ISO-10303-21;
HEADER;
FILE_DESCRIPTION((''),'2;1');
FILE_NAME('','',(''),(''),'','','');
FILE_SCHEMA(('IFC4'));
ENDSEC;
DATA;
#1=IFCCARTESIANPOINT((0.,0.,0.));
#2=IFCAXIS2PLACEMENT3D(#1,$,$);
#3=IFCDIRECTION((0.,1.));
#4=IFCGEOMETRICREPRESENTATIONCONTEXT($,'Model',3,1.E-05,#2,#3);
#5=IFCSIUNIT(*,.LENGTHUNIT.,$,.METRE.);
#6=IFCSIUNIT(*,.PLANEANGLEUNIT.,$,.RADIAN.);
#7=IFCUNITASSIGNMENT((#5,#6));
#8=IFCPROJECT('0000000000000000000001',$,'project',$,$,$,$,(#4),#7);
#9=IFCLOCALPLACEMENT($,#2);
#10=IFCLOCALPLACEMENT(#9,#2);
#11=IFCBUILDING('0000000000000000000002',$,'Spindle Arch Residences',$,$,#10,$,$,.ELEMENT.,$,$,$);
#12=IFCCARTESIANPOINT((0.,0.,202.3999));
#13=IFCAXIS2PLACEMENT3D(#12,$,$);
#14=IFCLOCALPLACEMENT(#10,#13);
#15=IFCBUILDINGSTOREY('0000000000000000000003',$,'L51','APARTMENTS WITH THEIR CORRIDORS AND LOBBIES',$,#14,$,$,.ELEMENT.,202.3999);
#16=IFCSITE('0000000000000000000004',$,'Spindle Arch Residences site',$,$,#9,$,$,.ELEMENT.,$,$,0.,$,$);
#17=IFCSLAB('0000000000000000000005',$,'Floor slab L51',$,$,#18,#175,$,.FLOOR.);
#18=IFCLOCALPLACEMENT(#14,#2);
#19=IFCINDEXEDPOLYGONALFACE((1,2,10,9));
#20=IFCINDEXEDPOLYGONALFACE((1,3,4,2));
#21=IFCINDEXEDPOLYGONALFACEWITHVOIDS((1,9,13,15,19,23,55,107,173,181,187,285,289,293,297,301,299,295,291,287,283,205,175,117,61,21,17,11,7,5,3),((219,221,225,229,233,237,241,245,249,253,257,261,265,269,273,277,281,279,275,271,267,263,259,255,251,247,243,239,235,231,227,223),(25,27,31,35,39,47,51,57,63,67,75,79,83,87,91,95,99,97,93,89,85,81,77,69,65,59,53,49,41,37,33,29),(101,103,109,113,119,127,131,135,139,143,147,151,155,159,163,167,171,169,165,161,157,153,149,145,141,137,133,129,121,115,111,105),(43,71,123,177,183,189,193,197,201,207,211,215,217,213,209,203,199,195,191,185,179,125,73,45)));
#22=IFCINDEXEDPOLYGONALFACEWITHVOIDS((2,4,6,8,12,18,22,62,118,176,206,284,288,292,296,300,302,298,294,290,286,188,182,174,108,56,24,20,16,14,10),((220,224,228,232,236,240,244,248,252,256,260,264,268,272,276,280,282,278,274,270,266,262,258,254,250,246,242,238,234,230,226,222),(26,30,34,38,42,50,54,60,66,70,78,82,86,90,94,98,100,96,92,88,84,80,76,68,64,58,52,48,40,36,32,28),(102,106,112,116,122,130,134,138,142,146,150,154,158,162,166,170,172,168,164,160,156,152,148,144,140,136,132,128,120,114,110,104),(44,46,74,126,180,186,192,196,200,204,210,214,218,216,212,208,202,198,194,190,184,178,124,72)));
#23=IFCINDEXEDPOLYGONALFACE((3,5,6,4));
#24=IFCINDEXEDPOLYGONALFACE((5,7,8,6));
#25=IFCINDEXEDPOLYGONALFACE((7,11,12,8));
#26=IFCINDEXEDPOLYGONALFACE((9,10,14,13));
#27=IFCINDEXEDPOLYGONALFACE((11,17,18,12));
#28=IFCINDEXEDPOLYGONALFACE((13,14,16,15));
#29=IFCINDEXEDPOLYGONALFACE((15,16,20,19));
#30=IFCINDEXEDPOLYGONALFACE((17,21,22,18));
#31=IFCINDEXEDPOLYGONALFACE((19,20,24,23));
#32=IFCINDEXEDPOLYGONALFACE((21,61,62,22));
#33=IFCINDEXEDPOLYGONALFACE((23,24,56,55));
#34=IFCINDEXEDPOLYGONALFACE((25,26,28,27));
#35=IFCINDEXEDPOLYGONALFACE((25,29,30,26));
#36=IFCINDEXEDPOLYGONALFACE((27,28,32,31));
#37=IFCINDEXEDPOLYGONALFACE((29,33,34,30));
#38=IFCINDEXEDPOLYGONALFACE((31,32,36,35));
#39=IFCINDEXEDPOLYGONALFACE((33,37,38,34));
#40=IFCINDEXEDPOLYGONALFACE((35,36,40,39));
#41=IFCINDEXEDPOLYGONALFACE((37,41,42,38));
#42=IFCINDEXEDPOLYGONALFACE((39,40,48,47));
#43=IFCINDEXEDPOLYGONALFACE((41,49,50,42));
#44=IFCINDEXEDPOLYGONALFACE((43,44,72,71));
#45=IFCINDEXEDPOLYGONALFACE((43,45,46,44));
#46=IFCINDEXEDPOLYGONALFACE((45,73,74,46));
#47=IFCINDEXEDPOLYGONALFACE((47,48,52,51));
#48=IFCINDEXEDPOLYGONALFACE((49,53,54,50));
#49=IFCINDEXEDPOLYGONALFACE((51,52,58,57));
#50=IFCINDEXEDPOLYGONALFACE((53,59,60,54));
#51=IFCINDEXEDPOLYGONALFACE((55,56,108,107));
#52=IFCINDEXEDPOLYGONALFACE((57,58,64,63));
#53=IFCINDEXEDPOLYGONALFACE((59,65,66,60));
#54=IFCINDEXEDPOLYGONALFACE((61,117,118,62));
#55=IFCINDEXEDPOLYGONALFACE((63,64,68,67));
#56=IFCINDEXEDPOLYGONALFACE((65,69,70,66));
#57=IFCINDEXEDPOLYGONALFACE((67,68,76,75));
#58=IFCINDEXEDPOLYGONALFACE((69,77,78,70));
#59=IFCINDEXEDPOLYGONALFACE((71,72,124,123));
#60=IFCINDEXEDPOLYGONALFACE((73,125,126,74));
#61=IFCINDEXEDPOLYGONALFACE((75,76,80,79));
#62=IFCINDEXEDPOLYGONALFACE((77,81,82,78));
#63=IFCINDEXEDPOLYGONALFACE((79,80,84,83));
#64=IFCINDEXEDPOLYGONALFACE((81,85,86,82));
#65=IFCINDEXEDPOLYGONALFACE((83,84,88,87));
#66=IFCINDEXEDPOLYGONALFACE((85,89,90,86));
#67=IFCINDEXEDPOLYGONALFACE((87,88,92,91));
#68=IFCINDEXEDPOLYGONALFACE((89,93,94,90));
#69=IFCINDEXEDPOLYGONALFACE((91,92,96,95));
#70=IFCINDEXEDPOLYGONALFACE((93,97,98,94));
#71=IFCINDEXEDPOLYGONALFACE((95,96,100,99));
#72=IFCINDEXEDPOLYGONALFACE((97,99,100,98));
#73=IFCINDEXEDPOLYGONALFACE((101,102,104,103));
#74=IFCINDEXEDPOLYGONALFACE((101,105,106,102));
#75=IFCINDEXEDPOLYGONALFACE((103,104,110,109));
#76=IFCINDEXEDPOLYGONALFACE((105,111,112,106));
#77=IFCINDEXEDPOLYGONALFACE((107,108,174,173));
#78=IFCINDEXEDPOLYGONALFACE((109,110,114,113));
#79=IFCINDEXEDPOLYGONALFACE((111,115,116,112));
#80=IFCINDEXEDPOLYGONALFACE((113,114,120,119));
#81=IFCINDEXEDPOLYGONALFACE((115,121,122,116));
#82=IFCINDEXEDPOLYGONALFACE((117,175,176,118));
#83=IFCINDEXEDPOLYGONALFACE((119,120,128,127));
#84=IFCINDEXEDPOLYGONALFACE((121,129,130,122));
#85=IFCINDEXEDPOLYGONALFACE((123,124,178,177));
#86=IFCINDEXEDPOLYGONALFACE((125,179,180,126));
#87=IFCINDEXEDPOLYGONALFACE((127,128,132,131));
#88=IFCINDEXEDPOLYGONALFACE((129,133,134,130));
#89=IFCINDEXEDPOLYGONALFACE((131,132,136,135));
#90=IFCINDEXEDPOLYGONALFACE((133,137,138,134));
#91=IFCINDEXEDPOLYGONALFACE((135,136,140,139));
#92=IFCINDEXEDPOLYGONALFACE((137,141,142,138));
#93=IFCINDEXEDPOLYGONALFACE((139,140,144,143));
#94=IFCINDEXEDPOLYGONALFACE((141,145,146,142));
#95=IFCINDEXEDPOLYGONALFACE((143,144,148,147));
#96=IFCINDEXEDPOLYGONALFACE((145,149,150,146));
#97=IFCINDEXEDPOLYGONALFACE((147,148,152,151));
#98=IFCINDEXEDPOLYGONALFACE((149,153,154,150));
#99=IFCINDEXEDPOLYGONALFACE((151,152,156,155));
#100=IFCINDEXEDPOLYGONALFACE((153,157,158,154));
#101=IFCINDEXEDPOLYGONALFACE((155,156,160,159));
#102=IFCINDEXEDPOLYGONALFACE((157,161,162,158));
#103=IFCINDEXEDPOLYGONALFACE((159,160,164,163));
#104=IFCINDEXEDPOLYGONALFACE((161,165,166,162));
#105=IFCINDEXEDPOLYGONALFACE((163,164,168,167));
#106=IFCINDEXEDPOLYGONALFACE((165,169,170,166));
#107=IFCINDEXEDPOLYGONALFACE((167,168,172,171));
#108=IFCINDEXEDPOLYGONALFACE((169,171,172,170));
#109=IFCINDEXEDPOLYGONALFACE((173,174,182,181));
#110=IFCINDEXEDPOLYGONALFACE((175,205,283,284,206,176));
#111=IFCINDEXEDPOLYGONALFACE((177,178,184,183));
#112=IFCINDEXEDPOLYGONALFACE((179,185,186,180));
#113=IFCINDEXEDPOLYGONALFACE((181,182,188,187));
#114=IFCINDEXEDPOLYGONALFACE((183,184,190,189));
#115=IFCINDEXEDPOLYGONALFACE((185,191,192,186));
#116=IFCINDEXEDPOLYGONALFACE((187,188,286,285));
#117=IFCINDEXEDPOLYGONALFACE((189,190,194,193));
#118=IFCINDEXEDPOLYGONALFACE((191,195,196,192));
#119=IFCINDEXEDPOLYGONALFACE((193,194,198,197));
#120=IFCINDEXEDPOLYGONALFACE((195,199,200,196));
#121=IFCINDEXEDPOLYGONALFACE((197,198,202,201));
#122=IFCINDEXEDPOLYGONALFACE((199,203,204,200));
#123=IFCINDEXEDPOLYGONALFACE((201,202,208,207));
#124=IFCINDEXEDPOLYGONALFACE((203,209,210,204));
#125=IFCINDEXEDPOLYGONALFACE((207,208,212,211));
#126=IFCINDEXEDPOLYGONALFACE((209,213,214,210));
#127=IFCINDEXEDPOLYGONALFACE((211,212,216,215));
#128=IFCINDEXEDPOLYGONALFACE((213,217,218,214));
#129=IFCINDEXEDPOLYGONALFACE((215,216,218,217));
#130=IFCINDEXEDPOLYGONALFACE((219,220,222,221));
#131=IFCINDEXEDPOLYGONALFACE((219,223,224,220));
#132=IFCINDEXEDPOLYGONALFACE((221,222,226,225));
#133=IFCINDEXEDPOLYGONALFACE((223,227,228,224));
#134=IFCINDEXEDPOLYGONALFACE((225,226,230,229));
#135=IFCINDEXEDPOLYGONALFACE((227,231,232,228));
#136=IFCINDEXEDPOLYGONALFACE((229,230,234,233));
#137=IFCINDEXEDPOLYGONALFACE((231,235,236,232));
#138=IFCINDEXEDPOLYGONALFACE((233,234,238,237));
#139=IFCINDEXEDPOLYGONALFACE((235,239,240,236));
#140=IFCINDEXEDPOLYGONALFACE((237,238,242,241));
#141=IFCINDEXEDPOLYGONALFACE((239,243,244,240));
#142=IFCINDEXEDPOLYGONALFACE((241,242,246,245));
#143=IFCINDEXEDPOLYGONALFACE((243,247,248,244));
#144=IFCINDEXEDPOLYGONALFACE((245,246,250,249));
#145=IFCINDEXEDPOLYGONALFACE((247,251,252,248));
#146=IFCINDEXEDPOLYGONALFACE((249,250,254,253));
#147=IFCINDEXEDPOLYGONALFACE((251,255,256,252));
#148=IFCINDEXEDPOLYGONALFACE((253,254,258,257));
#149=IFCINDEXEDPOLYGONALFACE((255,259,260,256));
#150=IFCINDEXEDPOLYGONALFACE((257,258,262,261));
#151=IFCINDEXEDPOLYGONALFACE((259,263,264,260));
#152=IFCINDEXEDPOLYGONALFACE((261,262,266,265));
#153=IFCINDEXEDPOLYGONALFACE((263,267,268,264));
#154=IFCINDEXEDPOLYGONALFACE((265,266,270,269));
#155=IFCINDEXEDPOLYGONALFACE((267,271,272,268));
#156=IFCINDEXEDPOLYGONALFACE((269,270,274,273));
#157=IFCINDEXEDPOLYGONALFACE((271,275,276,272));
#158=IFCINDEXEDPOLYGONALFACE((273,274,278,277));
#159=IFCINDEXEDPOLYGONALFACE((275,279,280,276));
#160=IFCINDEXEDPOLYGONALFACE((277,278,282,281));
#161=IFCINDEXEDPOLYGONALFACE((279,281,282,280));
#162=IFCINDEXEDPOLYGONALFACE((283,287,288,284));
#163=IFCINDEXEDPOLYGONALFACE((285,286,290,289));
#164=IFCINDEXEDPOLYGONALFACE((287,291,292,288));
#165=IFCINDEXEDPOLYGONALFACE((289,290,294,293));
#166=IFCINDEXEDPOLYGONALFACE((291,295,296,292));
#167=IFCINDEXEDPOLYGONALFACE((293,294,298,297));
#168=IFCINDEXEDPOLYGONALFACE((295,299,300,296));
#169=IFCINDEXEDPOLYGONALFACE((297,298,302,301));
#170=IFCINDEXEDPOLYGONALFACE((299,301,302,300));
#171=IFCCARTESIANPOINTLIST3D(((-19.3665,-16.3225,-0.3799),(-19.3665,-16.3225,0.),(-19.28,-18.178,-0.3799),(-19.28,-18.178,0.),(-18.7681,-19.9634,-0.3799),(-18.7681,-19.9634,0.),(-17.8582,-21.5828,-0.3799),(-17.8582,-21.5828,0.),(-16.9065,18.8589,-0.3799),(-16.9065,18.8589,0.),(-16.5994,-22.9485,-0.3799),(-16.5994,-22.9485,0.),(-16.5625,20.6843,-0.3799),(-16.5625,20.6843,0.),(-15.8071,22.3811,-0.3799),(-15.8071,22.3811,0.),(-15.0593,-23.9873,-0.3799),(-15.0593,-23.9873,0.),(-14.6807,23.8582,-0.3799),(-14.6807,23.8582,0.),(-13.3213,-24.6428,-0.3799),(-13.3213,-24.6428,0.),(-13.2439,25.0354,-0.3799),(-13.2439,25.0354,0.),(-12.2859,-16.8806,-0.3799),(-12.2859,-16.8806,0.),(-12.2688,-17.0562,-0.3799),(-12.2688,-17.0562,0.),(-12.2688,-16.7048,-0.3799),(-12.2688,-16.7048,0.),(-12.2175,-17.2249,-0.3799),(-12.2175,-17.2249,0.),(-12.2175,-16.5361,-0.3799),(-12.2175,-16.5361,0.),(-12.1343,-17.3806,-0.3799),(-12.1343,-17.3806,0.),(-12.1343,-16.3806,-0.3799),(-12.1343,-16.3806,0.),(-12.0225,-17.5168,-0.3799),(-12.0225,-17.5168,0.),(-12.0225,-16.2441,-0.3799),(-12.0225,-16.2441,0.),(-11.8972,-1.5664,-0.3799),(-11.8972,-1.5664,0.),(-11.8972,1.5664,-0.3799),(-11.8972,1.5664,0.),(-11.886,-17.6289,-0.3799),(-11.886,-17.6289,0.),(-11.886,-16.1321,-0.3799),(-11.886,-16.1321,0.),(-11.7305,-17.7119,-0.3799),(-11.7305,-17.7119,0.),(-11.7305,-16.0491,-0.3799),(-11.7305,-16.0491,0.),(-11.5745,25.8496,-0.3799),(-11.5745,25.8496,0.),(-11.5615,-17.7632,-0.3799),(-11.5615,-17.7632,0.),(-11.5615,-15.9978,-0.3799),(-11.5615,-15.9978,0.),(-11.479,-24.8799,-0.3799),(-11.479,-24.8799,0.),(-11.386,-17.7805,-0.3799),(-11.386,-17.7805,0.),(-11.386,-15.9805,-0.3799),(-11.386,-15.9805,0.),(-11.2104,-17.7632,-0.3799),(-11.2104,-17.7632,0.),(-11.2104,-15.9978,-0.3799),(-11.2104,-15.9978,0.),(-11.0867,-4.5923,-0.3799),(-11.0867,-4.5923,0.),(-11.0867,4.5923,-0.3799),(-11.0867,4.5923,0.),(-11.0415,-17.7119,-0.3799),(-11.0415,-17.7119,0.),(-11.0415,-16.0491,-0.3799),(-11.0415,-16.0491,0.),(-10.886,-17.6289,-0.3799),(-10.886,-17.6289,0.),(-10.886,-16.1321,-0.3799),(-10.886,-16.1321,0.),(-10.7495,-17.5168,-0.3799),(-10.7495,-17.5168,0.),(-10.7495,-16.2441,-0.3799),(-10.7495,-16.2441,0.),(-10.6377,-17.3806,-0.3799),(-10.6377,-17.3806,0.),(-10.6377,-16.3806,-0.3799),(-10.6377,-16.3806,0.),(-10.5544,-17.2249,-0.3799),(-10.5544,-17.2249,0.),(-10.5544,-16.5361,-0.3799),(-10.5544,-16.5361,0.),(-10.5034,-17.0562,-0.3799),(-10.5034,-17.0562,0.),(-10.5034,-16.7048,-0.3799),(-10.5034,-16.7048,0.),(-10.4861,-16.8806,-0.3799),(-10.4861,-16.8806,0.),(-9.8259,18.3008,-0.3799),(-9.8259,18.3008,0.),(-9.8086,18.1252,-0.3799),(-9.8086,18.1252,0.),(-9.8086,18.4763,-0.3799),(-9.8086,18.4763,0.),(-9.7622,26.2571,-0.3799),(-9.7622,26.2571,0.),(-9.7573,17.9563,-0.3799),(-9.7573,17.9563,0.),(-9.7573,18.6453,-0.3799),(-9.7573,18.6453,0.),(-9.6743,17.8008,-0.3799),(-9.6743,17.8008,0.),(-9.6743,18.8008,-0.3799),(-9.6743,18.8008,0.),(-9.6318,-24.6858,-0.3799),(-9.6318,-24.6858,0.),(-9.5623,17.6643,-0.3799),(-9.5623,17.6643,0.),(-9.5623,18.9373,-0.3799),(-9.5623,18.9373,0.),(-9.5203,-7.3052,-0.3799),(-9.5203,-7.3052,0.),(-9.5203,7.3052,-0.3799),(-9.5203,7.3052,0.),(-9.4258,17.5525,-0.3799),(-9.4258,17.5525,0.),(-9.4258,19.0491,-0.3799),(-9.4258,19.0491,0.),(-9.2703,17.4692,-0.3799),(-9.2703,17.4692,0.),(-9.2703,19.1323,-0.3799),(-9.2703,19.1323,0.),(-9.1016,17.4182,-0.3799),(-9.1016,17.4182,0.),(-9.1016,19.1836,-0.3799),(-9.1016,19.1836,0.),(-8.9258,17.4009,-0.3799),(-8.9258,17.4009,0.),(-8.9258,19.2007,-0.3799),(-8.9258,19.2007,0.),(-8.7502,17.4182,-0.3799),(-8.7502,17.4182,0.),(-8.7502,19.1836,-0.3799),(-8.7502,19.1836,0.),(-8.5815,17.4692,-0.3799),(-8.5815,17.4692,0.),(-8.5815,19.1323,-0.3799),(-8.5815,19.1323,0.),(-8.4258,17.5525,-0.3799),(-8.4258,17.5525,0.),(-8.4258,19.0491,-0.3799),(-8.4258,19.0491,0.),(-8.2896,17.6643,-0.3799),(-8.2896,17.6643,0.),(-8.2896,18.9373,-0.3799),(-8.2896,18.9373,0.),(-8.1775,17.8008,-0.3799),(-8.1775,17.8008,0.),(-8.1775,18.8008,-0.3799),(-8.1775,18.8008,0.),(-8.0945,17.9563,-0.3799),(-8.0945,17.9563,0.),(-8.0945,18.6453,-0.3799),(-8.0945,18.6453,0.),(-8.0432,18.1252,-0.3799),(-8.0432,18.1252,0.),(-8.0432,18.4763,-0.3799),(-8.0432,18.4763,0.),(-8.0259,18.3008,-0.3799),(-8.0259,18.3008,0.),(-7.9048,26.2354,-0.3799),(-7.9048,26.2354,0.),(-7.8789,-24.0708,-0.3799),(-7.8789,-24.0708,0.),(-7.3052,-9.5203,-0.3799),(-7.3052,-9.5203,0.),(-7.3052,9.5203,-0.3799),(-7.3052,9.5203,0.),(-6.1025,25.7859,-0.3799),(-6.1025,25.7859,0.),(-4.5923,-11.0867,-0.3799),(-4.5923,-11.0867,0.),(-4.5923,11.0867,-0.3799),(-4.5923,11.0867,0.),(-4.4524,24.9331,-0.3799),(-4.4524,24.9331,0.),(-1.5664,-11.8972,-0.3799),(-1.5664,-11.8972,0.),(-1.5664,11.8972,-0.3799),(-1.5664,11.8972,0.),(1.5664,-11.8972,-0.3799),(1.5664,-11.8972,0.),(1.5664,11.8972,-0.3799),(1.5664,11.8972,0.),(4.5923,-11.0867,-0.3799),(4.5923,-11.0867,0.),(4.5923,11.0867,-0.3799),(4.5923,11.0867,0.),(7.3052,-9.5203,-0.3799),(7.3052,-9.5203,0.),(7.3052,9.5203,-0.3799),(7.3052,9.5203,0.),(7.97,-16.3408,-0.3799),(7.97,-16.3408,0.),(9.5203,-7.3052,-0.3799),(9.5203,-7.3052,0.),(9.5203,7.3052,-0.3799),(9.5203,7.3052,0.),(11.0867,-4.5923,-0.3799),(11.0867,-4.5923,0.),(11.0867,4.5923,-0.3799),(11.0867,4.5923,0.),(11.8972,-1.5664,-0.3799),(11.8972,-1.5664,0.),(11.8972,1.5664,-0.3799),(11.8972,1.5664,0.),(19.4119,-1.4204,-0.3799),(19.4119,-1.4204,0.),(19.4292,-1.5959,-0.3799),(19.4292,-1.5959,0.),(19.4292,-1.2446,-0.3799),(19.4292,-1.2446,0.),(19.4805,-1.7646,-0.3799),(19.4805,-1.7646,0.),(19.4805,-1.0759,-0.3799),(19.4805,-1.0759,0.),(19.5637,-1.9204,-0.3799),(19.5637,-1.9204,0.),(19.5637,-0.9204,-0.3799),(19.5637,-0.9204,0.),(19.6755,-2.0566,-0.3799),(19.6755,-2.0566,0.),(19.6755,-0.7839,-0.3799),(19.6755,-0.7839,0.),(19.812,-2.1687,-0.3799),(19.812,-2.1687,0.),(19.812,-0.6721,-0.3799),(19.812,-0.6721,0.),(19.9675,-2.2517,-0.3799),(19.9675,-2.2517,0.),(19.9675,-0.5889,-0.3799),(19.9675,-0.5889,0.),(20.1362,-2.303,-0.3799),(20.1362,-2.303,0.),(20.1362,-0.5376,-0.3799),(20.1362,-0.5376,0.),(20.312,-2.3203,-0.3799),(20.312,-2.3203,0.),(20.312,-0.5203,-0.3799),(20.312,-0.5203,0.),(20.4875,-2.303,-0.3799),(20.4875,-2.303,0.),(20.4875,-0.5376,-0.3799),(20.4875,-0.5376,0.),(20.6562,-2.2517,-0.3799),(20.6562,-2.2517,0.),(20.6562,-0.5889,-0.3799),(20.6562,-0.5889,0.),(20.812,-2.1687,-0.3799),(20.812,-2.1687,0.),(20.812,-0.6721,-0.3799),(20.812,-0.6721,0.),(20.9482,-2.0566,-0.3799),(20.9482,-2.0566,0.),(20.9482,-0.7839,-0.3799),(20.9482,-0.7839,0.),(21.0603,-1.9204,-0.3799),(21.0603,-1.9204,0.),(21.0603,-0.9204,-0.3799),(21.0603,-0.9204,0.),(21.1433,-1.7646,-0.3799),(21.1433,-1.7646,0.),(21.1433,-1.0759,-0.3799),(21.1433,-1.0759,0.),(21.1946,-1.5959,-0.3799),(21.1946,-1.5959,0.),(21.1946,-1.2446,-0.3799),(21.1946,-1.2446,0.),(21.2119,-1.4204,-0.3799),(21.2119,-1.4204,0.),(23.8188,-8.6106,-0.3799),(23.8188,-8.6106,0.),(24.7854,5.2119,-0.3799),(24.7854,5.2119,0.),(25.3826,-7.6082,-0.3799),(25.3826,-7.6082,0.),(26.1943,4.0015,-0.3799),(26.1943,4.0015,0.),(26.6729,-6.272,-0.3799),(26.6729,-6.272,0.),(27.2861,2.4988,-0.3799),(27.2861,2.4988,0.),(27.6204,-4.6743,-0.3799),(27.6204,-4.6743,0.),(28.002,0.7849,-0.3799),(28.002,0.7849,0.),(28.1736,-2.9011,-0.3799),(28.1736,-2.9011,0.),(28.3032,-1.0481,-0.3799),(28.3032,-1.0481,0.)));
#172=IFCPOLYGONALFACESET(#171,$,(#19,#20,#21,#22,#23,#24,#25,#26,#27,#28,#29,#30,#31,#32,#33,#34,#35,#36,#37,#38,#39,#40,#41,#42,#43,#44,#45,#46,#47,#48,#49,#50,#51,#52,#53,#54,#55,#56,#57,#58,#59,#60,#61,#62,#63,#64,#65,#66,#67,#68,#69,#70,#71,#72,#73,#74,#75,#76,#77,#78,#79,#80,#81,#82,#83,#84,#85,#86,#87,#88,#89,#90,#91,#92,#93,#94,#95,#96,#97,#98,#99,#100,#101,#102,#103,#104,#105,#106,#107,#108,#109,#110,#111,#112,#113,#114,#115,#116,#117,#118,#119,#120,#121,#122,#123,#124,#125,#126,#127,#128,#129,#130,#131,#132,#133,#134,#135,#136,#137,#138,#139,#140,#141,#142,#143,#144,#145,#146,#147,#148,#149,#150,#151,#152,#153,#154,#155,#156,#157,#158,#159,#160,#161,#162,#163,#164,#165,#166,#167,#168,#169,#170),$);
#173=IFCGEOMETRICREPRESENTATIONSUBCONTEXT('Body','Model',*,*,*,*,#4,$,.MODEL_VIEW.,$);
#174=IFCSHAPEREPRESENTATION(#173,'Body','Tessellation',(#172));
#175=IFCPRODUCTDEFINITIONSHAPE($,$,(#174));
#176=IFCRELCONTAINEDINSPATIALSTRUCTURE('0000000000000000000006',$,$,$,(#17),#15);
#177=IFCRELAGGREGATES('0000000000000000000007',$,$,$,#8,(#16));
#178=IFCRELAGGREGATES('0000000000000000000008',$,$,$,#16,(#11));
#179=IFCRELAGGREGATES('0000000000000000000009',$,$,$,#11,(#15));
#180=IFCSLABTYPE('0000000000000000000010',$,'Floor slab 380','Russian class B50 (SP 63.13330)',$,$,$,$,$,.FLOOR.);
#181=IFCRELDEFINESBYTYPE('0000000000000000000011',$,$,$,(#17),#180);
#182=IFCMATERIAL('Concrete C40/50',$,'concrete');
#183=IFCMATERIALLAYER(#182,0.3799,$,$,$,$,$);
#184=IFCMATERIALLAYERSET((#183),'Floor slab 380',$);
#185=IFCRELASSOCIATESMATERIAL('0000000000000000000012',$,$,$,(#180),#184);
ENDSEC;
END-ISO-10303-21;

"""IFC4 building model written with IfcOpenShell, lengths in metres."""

from ifc_helpers import new_model, si_unit, direction, frame, origin, place, context, subcontext, project, spatial, polyline, outline, extrude, material, layer, layer_set, type_object, element, save


model = new_model("IFC4")

# Units and contexts
model_context = context("Model", 3, precision=1e-05, world=origin(), true_north=direction((0.0, 1.0)))
body_context = subcontext(model_context, "Body", "Model", "MODEL_VIEW")
ifc_project = project(units=[si_unit("LENGTHUNIT", "METRE"), si_unit("PLANEANGLEUNIT", "RADIAN")], contexts=[model_context])

# Site, building, storey
site_placement = place(None, origin())
site = spatial("IfcSite", under=ifc_project, at=site_placement, Name="Spindle Arch Residences site", CompositionType="ELEMENT", RefElevation=0.0)
building_placement = place(site_placement, origin())
building = spatial("IfcBuilding", under=site, at=building_placement, Name="Spindle Arch Residences", CompositionType="ELEMENT")
storey_placement = place(building_placement, frame((0.0, 0.0, 202.3999)))
storey = spatial("IfcBuildingStorey", under=building, at=storey_placement, Name="L51", Description="APARTMENTS WITH THEIR CORRIDORS AND LOBBIES", CompositionType="ELEMENT", Elevation=202.3999)

# Slab
ifc_material_1 = material(Name="Concrete C40/50", Category="concrete")
ifc_layer_1 = layer(ifc_material_1, 0.3799)
ifc_layer_set_1 = layer_set([ifc_layer_1], Name="Floor slab 380")
slab_type_1 = type_object("IfcSlabType", Name="Floor slab 380", Description="Russian class B50 (SP 63.13330)", PredefinedType="FLOOR", material=ifc_layer_set_1)
slab_1_placement = place(storey_placement, frame((0.0, 0.0, -0.3799)))
element("IfcSlab", 1, at=slab_1_placement, inside=storey, type_object=slab_type_1, Name="Floor slab L51", PredefinedType="FLOOR", context=body_context, shape_type="SweptSolid", body=[
    extrude(outline(polyline([(-9.6318, -24.6858), (-11.479, -24.8799), (-13.3213, -24.6428), (-15.0593, -23.9873), (-16.5994, -22.9485), (-17.8582, -21.5828), (-18.7681, -19.9634), (-19.28, -18.178), (-19.3665, -16.3225), (-16.9065, 18.8589), (-16.5625, 20.6843), (-15.8071, 22.3811), (-14.6807, 23.8582), (-13.2439, 25.0354), (-11.5745, 25.8496), (-9.7622, 26.2571), (-7.9048, 26.2354), (-6.1025, 25.7859), (-4.4524, 24.9331), (24.7854, 5.2119), (26.1943, 4.0015), (27.2861, 2.4988), (28.002, 0.7849), (28.3032, -1.0481), (28.1736, -2.9011), (27.6204, -4.6743), (26.6729, -6.272), (25.3826, -7.6082), (23.8188, -8.6106), (7.97, -16.3408), (-7.8789, -24.0708), (-9.6318, -24.6858)]), holes=[polyline([(7.3052, -9.5203), (9.5203, -7.3052), (11.0867, -4.5923), (11.8972, -1.5664), (11.8972, 1.5664), (11.0867, 4.5923), (9.5203, 7.3052), (7.3052, 9.5203), (4.5923, 11.0867), (1.5664, 11.8972), (-1.5664, 11.8972), (-4.5923, 11.0867), (-7.3052, 9.5203), (-9.5203, 7.3052), (-11.0867, 4.5923), (-11.8972, 1.5664), (-11.8972, -1.5664), (-11.0867, -4.5923), (-9.5203, -7.3052), (-7.3052, -9.5203), (-4.5923, -11.0867), (-1.5664, -11.8972), (1.5664, -11.8972), (4.5923, -11.0867), (7.3052, -9.5203)]), polyline([(-10.6377, -17.3806), (-10.5544, -17.2249), (-10.5034, -17.0562), (-10.4861, -16.8806), (-10.5034, -16.7048), (-10.5544, -16.5361), (-10.6377, -16.3806), (-10.7495, -16.2441), (-10.886, -16.1321), (-11.0415, -16.0491), (-11.2104, -15.9978), (-11.386, -15.9805), (-11.5615, -15.9978), (-11.7305, -16.0491), (-11.886, -16.1321), (-12.0225, -16.2441), (-12.1343, -16.3806), (-12.2175, -16.5361), (-12.2688, -16.7048), (-12.2859, -16.8806), (-12.2688, -17.0562), (-12.2175, -17.2249), (-12.1343, -17.3806), (-12.0225, -17.5168), (-11.886, -17.6289), (-11.7305, -17.7119), (-11.5615, -17.7632), (-11.386, -17.7805), (-11.2104, -17.7632), (-11.0415, -17.7119), (-10.886, -17.6289), (-10.7495, -17.5168), (-10.6377, -17.3806)]), polyline([(-8.1775, 17.8008), (-8.0945, 17.9563), (-8.0432, 18.1252), (-8.0259, 18.3008), (-8.0432, 18.4763), (-8.0945, 18.6453), (-8.1775, 18.8008), (-8.2896, 18.9373), (-8.4258, 19.0491), (-8.5815, 19.1323), (-8.7502, 19.1836), (-8.9258, 19.2007), (-9.1016, 19.1836), (-9.2703, 19.1323), (-9.4258, 19.0491), (-9.5623, 18.9373), (-9.6743, 18.8008), (-9.7573, 18.6453), (-9.8086, 18.4763), (-9.8259, 18.3008), (-9.8086, 18.1252), (-9.7573, 17.9563), (-9.6743, 17.8008), (-9.5623, 17.6643), (-9.4258, 17.5525), (-9.2703, 17.4692), (-9.1016, 17.4182), (-8.9258, 17.4009), (-8.7502, 17.4182), (-8.5815, 17.4692), (-8.4258, 17.5525), (-8.2896, 17.6643), (-8.1775, 17.8008)]), polyline([(20.9482, -2.0566), (21.0603, -1.9204), (21.1433, -1.7646), (21.1946, -1.5959), (21.2119, -1.4204), (21.1946, -1.2446), (21.1433, -1.0759), (21.0603, -0.9204), (20.9482, -0.7839), (20.812, -0.6721), (20.6562, -0.5889), (20.4875, -0.5376), (20.312, -0.5203), (20.1362, -0.5376), (19.9675, -0.5889), (19.812, -0.6721), (19.6755, -0.7839), (19.5637, -0.9204), (19.4805, -1.0759), (19.4292, -1.2446), (19.4119, -1.4204), (19.4292, -1.5959), (19.4805, -1.7646), (19.5637, -1.9204), (19.6755, -2.0566), (19.812, -2.1687), (19.9675, -2.2517), (20.1362, -2.303), (20.312, -2.3203), (20.4875, -2.303), (20.6562, -2.2517), (20.812, -2.1687), (20.9482, -2.0566)])]), origin(), (0.0, 0.0, 1.0), 0.3799),
])

save(model, "model.ifc")
